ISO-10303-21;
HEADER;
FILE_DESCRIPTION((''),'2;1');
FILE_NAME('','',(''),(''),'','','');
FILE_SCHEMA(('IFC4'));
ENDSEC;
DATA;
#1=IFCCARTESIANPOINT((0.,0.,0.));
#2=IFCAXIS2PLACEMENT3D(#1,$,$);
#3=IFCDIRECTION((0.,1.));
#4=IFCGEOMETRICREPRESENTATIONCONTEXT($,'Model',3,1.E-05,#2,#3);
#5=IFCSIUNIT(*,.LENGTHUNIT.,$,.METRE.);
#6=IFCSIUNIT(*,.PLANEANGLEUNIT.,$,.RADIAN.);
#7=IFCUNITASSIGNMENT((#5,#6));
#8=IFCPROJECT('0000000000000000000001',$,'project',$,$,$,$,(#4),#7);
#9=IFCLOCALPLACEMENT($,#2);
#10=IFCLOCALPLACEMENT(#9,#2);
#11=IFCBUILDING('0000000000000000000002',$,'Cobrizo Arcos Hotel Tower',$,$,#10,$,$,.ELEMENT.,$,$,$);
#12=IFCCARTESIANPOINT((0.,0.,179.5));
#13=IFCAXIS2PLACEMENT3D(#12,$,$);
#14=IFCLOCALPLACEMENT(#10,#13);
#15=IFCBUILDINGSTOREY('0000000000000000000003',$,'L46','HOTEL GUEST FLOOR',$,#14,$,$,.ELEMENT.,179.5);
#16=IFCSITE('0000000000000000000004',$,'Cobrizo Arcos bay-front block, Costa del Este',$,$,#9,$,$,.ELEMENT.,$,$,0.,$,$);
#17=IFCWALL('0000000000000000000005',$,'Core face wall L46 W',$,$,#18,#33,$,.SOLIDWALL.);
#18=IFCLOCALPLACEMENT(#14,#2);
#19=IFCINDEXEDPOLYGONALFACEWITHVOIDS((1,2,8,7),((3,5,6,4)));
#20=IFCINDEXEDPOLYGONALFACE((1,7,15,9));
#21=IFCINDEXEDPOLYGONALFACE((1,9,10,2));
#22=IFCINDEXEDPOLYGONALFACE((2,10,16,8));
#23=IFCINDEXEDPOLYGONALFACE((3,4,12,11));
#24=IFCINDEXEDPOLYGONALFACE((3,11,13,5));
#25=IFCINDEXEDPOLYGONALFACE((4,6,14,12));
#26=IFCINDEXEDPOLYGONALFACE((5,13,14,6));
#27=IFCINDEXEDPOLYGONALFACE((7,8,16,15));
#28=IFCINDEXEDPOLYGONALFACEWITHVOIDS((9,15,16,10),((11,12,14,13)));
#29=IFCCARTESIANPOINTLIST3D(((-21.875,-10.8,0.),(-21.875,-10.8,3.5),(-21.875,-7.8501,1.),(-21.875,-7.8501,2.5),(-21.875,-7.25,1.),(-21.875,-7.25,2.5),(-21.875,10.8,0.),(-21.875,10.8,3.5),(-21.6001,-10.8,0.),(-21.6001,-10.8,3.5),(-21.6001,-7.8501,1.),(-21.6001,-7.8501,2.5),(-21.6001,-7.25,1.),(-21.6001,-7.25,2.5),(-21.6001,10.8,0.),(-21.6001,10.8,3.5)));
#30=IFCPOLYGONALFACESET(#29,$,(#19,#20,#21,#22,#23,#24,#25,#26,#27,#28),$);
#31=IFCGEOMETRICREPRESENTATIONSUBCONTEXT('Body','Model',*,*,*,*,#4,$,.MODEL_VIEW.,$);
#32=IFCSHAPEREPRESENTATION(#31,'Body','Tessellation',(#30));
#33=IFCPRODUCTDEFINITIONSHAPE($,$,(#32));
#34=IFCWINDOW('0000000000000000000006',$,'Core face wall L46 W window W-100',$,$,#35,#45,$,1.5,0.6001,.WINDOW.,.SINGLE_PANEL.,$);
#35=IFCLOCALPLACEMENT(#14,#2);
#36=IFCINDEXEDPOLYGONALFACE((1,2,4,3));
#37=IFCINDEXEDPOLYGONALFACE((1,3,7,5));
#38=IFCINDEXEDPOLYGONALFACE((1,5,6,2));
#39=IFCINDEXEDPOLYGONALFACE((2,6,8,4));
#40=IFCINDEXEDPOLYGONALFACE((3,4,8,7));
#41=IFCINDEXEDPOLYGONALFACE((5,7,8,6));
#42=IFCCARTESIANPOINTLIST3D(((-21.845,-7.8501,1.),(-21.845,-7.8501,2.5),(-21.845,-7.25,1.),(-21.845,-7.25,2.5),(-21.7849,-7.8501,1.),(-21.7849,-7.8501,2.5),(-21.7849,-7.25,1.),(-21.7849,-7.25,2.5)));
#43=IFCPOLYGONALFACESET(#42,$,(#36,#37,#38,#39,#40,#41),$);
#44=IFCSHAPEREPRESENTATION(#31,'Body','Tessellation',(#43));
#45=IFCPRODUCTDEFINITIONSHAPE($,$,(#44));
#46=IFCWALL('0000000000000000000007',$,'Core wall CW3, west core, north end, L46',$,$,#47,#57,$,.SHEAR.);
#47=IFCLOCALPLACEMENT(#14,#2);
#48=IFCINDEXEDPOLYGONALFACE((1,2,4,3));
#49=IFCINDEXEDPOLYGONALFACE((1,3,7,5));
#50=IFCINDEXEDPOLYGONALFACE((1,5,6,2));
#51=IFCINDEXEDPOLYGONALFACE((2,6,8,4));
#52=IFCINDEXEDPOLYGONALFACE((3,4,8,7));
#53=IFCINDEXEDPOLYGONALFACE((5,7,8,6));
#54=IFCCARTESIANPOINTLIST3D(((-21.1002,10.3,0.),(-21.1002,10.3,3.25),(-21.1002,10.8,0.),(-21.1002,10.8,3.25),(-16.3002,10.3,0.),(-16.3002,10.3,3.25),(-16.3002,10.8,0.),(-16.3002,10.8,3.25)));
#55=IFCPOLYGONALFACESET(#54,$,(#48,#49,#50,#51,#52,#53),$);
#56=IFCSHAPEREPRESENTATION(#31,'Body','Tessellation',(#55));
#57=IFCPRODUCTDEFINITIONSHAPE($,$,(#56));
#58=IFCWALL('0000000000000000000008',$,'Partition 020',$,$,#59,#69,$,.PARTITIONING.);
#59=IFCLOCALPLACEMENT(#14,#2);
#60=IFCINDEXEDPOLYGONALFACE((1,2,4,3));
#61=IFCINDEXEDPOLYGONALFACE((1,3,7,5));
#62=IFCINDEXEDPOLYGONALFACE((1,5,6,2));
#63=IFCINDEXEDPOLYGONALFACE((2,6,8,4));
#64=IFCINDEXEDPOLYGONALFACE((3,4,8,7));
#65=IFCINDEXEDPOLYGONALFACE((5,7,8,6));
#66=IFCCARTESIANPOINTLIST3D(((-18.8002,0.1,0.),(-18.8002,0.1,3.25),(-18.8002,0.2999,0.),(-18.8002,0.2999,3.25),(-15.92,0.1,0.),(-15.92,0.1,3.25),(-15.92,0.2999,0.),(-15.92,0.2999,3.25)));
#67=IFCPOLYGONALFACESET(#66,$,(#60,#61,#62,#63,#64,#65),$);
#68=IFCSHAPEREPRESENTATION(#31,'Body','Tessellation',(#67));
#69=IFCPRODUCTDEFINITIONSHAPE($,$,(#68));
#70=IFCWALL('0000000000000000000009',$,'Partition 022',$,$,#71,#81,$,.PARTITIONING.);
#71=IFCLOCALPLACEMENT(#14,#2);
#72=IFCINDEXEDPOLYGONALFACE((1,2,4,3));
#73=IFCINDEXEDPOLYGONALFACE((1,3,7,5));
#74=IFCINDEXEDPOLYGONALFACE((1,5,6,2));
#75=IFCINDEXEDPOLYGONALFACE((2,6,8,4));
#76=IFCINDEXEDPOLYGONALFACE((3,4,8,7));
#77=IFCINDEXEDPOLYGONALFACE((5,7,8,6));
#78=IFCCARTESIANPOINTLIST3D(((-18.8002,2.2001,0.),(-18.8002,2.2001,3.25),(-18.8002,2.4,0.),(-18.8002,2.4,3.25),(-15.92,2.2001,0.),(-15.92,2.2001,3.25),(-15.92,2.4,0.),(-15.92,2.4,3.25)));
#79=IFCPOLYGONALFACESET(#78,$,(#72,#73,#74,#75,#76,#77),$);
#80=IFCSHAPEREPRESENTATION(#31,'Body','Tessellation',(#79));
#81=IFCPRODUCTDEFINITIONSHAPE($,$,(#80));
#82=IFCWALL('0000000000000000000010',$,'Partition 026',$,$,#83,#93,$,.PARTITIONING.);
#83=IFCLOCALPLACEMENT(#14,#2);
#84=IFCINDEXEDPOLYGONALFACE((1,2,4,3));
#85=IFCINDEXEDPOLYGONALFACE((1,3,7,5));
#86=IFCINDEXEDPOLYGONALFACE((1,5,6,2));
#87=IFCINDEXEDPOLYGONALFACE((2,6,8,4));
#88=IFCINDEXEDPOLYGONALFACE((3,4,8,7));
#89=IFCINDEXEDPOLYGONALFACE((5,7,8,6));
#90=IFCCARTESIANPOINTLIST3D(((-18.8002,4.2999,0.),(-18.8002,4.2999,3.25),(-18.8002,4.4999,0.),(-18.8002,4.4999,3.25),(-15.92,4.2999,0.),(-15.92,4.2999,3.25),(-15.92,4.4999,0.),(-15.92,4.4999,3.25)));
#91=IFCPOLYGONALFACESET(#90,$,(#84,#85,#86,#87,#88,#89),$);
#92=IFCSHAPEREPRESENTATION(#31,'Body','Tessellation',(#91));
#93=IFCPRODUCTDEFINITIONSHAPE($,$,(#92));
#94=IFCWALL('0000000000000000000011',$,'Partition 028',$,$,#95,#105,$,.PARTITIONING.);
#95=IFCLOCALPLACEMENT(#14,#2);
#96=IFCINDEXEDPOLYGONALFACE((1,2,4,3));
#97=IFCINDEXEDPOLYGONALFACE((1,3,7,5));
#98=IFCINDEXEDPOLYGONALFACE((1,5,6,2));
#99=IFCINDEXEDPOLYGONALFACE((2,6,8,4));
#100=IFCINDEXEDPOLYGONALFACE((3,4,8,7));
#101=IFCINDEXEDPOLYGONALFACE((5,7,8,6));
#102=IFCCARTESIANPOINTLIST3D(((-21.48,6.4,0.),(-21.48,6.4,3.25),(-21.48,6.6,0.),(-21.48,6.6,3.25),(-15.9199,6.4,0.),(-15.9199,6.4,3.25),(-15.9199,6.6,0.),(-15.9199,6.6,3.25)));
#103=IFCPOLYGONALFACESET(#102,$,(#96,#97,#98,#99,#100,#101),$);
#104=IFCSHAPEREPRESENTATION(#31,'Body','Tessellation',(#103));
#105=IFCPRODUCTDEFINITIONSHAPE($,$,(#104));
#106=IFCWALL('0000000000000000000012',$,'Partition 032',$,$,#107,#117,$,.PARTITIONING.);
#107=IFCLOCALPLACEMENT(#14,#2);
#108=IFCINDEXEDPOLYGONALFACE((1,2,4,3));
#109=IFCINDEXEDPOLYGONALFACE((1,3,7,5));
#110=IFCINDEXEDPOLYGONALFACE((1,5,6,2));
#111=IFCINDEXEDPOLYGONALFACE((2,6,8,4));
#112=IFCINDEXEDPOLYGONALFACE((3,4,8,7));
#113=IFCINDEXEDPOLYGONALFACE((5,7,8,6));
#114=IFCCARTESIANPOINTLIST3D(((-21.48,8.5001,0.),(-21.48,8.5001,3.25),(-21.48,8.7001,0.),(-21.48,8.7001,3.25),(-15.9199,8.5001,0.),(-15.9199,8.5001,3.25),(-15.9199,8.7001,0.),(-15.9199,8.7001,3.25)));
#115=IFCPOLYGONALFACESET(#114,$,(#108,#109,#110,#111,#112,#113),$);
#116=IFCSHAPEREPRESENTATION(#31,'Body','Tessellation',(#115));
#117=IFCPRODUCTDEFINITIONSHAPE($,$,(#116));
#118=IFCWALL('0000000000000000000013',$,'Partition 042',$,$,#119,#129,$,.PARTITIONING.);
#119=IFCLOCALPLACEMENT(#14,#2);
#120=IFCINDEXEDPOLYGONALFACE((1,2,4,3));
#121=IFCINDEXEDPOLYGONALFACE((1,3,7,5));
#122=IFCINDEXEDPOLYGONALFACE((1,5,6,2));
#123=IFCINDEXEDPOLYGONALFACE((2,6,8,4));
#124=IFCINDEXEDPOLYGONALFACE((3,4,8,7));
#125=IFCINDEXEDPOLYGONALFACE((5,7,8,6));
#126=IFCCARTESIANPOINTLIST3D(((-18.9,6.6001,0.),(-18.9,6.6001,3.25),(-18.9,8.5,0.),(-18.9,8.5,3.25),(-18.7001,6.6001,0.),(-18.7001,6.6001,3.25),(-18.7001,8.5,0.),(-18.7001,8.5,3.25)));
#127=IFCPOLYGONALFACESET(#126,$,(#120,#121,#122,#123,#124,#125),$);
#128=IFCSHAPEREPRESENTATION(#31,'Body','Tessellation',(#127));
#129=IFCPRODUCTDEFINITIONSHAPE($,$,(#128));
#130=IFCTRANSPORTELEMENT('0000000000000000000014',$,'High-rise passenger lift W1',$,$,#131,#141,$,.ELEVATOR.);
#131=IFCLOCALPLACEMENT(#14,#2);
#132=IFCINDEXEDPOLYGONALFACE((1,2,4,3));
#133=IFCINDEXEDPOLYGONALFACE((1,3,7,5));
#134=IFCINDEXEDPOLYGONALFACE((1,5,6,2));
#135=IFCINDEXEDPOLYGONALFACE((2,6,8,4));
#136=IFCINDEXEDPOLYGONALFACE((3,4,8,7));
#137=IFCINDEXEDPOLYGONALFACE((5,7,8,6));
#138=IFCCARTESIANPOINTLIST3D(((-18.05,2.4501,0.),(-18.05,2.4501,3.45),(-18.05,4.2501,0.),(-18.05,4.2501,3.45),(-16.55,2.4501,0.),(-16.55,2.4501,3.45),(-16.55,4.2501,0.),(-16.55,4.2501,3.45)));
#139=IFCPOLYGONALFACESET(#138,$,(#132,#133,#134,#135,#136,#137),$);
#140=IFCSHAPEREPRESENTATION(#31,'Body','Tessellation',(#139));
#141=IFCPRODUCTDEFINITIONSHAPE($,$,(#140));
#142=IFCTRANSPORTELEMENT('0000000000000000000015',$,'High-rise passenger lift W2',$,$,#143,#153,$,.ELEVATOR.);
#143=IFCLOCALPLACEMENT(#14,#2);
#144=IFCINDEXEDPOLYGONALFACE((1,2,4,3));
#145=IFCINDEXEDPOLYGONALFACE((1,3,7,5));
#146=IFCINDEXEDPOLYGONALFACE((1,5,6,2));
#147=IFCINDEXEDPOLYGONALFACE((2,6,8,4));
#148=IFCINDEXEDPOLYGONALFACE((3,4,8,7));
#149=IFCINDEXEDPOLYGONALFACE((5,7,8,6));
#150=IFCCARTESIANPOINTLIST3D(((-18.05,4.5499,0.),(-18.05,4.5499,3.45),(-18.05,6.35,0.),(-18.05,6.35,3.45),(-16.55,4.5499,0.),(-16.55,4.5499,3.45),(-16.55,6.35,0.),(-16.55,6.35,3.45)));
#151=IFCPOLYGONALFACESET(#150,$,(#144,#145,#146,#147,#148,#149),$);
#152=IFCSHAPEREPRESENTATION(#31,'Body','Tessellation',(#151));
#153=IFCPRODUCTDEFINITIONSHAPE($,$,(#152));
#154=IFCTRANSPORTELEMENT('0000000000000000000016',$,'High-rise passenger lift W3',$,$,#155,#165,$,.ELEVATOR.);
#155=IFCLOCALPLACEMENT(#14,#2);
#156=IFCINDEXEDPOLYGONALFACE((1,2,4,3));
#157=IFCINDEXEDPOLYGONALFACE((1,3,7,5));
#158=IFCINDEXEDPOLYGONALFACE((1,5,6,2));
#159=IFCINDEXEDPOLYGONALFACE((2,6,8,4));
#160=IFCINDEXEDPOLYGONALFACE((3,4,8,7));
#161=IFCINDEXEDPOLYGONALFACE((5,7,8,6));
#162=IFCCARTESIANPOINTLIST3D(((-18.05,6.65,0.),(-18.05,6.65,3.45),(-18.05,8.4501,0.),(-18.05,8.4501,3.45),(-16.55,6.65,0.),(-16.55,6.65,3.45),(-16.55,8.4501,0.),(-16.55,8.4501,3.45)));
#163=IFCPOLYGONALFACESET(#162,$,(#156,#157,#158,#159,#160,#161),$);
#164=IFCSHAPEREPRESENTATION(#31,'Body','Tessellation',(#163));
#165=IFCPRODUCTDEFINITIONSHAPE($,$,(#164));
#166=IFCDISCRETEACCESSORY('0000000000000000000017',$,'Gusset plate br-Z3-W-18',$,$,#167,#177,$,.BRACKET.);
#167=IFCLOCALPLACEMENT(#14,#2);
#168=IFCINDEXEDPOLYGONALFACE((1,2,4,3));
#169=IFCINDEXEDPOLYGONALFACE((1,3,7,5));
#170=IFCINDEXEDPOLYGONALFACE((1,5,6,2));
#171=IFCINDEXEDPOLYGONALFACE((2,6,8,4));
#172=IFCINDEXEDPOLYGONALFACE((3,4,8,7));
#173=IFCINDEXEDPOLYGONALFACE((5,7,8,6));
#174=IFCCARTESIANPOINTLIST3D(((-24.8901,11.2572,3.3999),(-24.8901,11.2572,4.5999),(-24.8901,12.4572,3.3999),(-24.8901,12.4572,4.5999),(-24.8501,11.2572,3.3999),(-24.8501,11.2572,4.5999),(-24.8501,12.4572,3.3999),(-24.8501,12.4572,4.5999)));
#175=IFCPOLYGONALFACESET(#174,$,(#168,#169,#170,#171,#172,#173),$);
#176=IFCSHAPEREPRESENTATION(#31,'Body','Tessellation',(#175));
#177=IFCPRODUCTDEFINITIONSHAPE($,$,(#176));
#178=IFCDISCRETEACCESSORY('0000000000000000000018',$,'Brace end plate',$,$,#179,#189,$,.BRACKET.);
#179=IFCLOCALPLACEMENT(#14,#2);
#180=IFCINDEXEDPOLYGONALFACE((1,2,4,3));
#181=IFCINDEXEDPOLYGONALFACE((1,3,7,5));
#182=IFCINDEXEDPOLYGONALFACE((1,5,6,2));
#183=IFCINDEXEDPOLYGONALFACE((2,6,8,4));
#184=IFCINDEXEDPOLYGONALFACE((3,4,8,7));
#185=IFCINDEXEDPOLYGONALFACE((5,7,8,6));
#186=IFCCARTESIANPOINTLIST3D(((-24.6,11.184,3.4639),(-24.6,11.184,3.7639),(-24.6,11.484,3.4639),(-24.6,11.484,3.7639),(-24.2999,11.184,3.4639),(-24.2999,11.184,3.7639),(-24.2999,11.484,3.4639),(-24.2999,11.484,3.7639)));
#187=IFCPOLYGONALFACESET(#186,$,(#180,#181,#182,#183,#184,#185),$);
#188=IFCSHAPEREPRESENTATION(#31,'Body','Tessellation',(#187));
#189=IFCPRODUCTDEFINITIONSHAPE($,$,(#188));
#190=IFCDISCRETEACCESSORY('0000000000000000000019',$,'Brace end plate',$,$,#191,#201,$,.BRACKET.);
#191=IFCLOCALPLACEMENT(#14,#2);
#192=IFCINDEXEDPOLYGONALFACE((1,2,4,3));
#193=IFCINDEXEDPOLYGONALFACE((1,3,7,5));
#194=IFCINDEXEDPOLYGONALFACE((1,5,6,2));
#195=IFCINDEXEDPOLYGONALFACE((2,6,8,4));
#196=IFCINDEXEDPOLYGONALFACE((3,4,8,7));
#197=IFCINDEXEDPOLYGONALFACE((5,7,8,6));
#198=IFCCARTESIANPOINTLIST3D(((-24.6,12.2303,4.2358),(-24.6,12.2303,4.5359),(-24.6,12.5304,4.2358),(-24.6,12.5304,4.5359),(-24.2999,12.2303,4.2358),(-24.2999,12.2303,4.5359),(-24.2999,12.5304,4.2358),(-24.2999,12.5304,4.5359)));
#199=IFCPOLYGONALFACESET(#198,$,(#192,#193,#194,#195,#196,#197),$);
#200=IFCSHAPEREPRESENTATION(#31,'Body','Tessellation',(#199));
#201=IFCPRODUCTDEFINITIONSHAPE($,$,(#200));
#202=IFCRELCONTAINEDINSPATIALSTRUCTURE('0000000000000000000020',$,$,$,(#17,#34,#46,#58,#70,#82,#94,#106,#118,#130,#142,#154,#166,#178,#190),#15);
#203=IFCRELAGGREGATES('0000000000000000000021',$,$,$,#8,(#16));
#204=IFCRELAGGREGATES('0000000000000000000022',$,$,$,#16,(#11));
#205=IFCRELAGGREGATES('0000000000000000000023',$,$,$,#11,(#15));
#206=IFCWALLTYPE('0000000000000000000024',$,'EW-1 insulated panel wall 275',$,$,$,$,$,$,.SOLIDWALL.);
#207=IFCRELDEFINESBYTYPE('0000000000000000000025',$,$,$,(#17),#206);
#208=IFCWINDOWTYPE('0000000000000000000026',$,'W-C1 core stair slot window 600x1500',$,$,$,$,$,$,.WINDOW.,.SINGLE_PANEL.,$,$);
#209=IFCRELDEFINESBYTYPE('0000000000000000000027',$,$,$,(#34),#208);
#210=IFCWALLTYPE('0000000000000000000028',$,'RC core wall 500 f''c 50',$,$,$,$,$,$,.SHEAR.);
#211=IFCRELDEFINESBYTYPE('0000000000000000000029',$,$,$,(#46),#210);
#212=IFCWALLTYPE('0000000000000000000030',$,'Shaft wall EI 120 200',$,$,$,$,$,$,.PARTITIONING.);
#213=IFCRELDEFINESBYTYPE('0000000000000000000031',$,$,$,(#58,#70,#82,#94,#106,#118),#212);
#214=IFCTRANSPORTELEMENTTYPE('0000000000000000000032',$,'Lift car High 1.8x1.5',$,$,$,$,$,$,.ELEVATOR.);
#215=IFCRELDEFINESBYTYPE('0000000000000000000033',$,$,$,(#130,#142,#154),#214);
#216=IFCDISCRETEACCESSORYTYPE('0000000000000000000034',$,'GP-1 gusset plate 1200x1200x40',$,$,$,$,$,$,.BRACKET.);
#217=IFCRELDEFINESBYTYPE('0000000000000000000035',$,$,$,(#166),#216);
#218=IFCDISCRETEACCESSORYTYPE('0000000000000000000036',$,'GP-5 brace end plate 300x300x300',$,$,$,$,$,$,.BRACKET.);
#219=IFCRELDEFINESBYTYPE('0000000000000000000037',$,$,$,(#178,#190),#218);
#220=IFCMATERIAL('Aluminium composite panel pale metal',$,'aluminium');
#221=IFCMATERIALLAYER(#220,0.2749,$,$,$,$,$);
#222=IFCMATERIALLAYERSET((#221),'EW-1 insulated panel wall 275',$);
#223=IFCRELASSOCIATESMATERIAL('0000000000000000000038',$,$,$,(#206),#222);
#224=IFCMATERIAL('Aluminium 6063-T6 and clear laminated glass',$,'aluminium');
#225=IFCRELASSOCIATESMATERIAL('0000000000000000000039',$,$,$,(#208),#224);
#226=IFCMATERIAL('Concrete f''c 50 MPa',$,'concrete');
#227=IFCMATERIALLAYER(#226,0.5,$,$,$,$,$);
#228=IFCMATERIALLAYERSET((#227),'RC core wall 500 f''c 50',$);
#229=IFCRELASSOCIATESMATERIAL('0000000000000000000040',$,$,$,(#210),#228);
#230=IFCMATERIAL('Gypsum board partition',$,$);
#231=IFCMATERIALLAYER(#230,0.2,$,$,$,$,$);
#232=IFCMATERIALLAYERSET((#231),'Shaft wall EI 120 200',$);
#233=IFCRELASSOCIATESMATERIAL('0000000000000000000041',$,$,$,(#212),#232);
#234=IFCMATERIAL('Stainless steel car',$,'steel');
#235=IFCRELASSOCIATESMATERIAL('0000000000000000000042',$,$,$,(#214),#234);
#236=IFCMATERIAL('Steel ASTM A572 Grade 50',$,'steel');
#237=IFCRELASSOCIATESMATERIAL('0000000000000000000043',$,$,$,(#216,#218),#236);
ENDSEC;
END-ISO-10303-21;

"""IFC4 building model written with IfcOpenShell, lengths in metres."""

from ifc_helpers import new_model, si_unit, direction, frame, frame_2d, origin, origin_2d, place, context, subcontext, project, spatial, rectangle, extrude, material, layer, layer_set, type_object, element, fill, save


model = new_model("IFC4")

# Units and contexts
model_context = context("Model", 3, precision=1e-05, world=origin(), true_north=direction((0.0, 1.0)))
body_context = subcontext(model_context, "Body", "Model", "MODEL_VIEW")
ifc_project = project(units=[si_unit("LENGTHUNIT", "METRE"), si_unit("PLANEANGLEUNIT", "RADIAN")], contexts=[model_context])

# Site, building, storey
site_placement = place(None, origin())
site = spatial("IfcSite", under=ifc_project, at=site_placement, Name="Cobrizo Arcos bay-front block, Costa del Este", CompositionType="ELEMENT", RefElevation=0.0)
building_placement = place(site_placement, origin())
building = spatial("IfcBuilding", under=site, at=building_placement, Name="Cobrizo Arcos Hotel Tower", CompositionType="ELEMENT")
storey_placement = place(building_placement, frame((0.0, 0.0, 179.5)))
storey = spatial("IfcBuildingStorey", under=building, at=storey_placement, Name="L46", Description="HOTEL GUEST FLOOR", CompositionType="ELEMENT", Elevation=179.5)

# Shared definitions
ifc_material_1 = material(Name="Steel ASTM A572 Grade 50", Category="steel")

# Shared definitions
ifc_material_2 = material(Name="Aluminium composite panel pale metal", Category="aluminium")

# Wall, opening, window
ifc_layer_1 = layer(ifc_material_2, 0.2749)
ifc_layer_set_1 = layer_set([ifc_layer_1], Name="EW-1 insulated panel wall 275")
wall_type_1 = type_object("IfcWallType", Name="EW-1 insulated panel wall 275", PredefinedType="SOLIDWALL", material=ifc_layer_set_1)
wall_1_placement = place(storey_placement, frame((-21.7375, 10.8, 0.0), z_axis=(0.0, 0.0, 1.0), x_axis=(0.0, -1.0, 0.0)))
wall_1 = element("IfcWall", 1, at=wall_1_placement, inside=storey, type_object=wall_type_1, Name="Core face wall L46 W", PredefinedType="SOLIDWALL", context=body_context, shape_type="SweptSolid", body=[
    extrude(rectangle(XDim=21.6001, YDim=0.2749, at=frame_2d((10.8, 0.0))), origin(), (0.0, 0.0, 1.0), 3.5),
])
opening_placement = place(wall_1_placement, frame((18.05, 0.0, 1.0)))
opening = element("IfcOpeningElement", 2, at=opening_placement, cuts=wall_1, PredefinedType="OPENING", context=body_context, shape_type="SweptSolid", body=[
    extrude(rectangle(XDim=0.6001, YDim=1.5, at=frame_2d((0.3, 0.75))), frame((0.0, 0.1494, 0.0), z_axis=(0.0, -1.0, 0.0), x_axis=(1.0, 0.0, 0.0)), (0.0, 0.0, 1.0), 0.2988),
])
ifc_material_3 = material(Name="Aluminium 6063-T6 and clear laminated glass", Category="aluminium")
window_type = type_object("IfcWindowType", Name="W-C1 core stair slot window 600x1500", PartitioningType="SINGLE_PANEL", PredefinedType="WINDOW", material=ifc_material_3)
window_placement = place(opening_placement, origin())
window = element("IfcWindow", 3, at=window_placement, inside=storey, type_object=window_type, Name="Core face wall L46 W window W-100", OverallHeight=1.5, OverallWidth=0.6001, PartitioningType="SINGLE_PANEL", PredefinedType="WINDOW", context=body_context, shape_type="SweptSolid", body=[
    extrude(rectangle(XDim=0.6001, YDim=1.5, at=frame_2d((0.3, 0.75))), frame((0.0, -0.0474, 0.0), z_axis=(0.0, -1.0, 0.0), x_axis=(1.0, 0.0, 0.0)), (0.0, 0.0, 1.0), 0.0601),
])
fill(opening, window)

# Walls
ifc_material_4 = material(Name="Concrete f'c 50 MPa", Category="concrete")
ifc_layer_2 = layer(ifc_material_4, 0.5)
ifc_layer_set_2 = layer_set([ifc_layer_2], Name="RC core wall 500 f'c 50")
wall_type_2 = type_object("IfcWallType", Name="RC core wall 500 f'c 50", PredefinedType="SHEAR", material=ifc_layer_set_2)
wall_2_placement = place(storey_placement, frame((-21.1001, 10.55, 0.0), z_axis=(0.0, 0.0, 1.0), x_axis=(1.0, 0.0, 0.0)))
element("IfcWall", 4, at=wall_2_placement, inside=storey, type_object=wall_type_2, Name="Core wall CW3, west core, north end, L46", PredefinedType="SHEAR", context=body_context, shape_type="SweptSolid", body=[
    extrude(rectangle(XDim=4.8, YDim=0.5, at=frame_2d((2.3999, 0.0))), origin(), (0.0, 0.0, 1.0), 3.25),
])
ifc_material_5 = material(Name="Gypsum board partition")
ifc_layer_3 = layer(ifc_material_5, 0.2)
ifc_layer_set_3 = layer_set([ifc_layer_3], Name="Shaft wall EI 120 200")
wall_type_3 = type_object("IfcWallType", Name="Shaft wall EI 120 200", PredefinedType="PARTITIONING", material=ifc_layer_set_3)
for number, where, z_axis, x_axis, name in (
    (5, (-18.8, 0.2, 0.0), (0.0, 0.0, 1.0), (1.0, 0.0, 0.0), "Partition 020"),
    (6, (-18.8, 2.3, 0.0), (0.0, 0.0, 1.0), (1.0, 0.0, 0.0), "Partition 022"),
    (7, (-18.8, 4.3999, 0.0), (0.0, 0.0, 1.0), (1.0, 0.0, 0.0), "Partition 026"),
):
    element("IfcWall", number, at=place(storey_placement, frame(where, z_axis=z_axis, x_axis=x_axis)), inside=storey, type_object=wall_type_3, Name=name, PredefinedType="PARTITIONING", context=body_context, shape_type="SweptSolid", body=[
        extrude(rectangle(XDim=2.8801, YDim=0.2, at=frame_2d((1.4399, 0.0))), origin(), (0.0, 0.0, 1.0), 3.25),
    ])
for number, where, z_axis, x_axis, name in (
    (8, (-21.48, 6.5, 0.0), (0.0, 0.0, 1.0), (1.0, 0.0, 0.0), "Partition 028"),
    (9, (-21.48, 8.6001, 0.0), (0.0, 0.0, 1.0), (1.0, 0.0, 0.0), "Partition 032"),
):
    element("IfcWall", number, at=place(storey_placement, frame(where, z_axis=z_axis, x_axis=x_axis)), inside=storey, type_object=wall_type_3, Name=name, PredefinedType="PARTITIONING", context=body_context, shape_type="SweptSolid", body=[
        extrude(rectangle(XDim=5.5601, YDim=0.2, at=frame_2d((2.78, 0.0))), origin(), (0.0, 0.0, 1.0), 3.25),
    ])
wall_3_placement = place(storey_placement, frame((-18.8, 6.6001, 0.0), z_axis=(0.0, 0.0, 1.0), x_axis=(0.0, 1.0, 0.0)))
element("IfcWall", 10, at=wall_3_placement, inside=storey, type_object=wall_type_3, Name="Partition 042", PredefinedType="PARTITIONING", context=body_context, shape_type="SweptSolid", body=[
    extrude(rectangle(XDim=1.8999, YDim=0.2, at=frame_2d((0.95, 0.0))), origin(), (0.0, 0.0, 1.0), 3.25),
])

# Transport elements
ifc_material_6 = material(Name="Stainless steel car", Category="steel")
transport_element_type = type_object("IfcTransportElementType", Name="Lift car High 1.8x1.5", PredefinedType="ELEVATOR", material=ifc_material_6)
for number, where, z_axis, x_axis, name in (
    (11, (-17.3, 3.3501, 0.0), (0.0, 0.0, 1.0), (1.0, 0.0, 0.0), "High-rise passenger lift W1"),
    (12, (-17.3, 5.45, 0.0), (0.0, 0.0, 1.0), (1.0, 0.0, 0.0), "High-rise passenger lift W2"),
    (13, (-17.3, 7.55, 0.0), (0.0, 0.0, 1.0), (1.0, 0.0, 0.0), "High-rise passenger lift W3"),
):
    element("IfcTransportElement", number, at=place(storey_placement, frame(where, z_axis=z_axis, x_axis=x_axis)), inside=storey, type_object=transport_element_type, Name=name, PredefinedType="ELEVATOR", context=body_context, shape_type="SweptSolid", body=[
        extrude(rectangle(XDim=1.5, YDim=1.8, at=origin_2d()), origin(), (0.0, 0.0, 1.0), 3.45),
    ])

# Discrete accessories
discrete_accessory_type_1 = type_object("IfcDiscreteAccessoryType", Name="GP-1 gusset plate 1200x1200x40", PredefinedType="BRACKET", material=ifc_material_1)
discrete_accessory_placement = place(storey_placement, frame((-24.8701, 11.8572, 3.3999), z_axis=(0.0, 0.0, 1.0), x_axis=(1.0, 0.0, 0.0)))
element("IfcDiscreteAccessory", 14, at=discrete_accessory_placement, inside=storey, type_object=discrete_accessory_type_1, Name="Gusset plate br-Z3-W-18", PredefinedType="BRACKET", context=body_context, shape_type="SweptSolid", body=[
    extrude(rectangle(XDim=0.04, YDim=1.2, at=origin_2d()), origin(), (0.0, 0.0, 1.0), 1.2),
])
discrete_accessory_type_2 = type_object("IfcDiscreteAccessoryType", Name="GP-5 brace end plate 300x300x300", PredefinedType="BRACKET", material=ifc_material_1)
for number, where, z_axis, x_axis, name in (
    (15, (-24.45, 11.334, 3.4639), (0.0, 0.0, 1.0), (1.0, 0.0, 0.0), "Brace end plate"),
    (16, (-24.45, 12.3804, 4.2358), (0.0, 0.0, 1.0), (1.0, 0.0, 0.0), "Brace end plate"),
):
    element("IfcDiscreteAccessory", number, at=place(storey_placement, frame(where, z_axis=z_axis, x_axis=x_axis)), inside=storey, type_object=discrete_accessory_type_2, Name=name, PredefinedType="BRACKET", context=body_context, shape_type="SweptSolid", body=[
        extrude(rectangle(XDim=0.3, YDim=0.3, at=origin_2d()), origin(), (0.0, 0.0, 1.0), 0.3),
    ])

save(model, "model.ifc")
